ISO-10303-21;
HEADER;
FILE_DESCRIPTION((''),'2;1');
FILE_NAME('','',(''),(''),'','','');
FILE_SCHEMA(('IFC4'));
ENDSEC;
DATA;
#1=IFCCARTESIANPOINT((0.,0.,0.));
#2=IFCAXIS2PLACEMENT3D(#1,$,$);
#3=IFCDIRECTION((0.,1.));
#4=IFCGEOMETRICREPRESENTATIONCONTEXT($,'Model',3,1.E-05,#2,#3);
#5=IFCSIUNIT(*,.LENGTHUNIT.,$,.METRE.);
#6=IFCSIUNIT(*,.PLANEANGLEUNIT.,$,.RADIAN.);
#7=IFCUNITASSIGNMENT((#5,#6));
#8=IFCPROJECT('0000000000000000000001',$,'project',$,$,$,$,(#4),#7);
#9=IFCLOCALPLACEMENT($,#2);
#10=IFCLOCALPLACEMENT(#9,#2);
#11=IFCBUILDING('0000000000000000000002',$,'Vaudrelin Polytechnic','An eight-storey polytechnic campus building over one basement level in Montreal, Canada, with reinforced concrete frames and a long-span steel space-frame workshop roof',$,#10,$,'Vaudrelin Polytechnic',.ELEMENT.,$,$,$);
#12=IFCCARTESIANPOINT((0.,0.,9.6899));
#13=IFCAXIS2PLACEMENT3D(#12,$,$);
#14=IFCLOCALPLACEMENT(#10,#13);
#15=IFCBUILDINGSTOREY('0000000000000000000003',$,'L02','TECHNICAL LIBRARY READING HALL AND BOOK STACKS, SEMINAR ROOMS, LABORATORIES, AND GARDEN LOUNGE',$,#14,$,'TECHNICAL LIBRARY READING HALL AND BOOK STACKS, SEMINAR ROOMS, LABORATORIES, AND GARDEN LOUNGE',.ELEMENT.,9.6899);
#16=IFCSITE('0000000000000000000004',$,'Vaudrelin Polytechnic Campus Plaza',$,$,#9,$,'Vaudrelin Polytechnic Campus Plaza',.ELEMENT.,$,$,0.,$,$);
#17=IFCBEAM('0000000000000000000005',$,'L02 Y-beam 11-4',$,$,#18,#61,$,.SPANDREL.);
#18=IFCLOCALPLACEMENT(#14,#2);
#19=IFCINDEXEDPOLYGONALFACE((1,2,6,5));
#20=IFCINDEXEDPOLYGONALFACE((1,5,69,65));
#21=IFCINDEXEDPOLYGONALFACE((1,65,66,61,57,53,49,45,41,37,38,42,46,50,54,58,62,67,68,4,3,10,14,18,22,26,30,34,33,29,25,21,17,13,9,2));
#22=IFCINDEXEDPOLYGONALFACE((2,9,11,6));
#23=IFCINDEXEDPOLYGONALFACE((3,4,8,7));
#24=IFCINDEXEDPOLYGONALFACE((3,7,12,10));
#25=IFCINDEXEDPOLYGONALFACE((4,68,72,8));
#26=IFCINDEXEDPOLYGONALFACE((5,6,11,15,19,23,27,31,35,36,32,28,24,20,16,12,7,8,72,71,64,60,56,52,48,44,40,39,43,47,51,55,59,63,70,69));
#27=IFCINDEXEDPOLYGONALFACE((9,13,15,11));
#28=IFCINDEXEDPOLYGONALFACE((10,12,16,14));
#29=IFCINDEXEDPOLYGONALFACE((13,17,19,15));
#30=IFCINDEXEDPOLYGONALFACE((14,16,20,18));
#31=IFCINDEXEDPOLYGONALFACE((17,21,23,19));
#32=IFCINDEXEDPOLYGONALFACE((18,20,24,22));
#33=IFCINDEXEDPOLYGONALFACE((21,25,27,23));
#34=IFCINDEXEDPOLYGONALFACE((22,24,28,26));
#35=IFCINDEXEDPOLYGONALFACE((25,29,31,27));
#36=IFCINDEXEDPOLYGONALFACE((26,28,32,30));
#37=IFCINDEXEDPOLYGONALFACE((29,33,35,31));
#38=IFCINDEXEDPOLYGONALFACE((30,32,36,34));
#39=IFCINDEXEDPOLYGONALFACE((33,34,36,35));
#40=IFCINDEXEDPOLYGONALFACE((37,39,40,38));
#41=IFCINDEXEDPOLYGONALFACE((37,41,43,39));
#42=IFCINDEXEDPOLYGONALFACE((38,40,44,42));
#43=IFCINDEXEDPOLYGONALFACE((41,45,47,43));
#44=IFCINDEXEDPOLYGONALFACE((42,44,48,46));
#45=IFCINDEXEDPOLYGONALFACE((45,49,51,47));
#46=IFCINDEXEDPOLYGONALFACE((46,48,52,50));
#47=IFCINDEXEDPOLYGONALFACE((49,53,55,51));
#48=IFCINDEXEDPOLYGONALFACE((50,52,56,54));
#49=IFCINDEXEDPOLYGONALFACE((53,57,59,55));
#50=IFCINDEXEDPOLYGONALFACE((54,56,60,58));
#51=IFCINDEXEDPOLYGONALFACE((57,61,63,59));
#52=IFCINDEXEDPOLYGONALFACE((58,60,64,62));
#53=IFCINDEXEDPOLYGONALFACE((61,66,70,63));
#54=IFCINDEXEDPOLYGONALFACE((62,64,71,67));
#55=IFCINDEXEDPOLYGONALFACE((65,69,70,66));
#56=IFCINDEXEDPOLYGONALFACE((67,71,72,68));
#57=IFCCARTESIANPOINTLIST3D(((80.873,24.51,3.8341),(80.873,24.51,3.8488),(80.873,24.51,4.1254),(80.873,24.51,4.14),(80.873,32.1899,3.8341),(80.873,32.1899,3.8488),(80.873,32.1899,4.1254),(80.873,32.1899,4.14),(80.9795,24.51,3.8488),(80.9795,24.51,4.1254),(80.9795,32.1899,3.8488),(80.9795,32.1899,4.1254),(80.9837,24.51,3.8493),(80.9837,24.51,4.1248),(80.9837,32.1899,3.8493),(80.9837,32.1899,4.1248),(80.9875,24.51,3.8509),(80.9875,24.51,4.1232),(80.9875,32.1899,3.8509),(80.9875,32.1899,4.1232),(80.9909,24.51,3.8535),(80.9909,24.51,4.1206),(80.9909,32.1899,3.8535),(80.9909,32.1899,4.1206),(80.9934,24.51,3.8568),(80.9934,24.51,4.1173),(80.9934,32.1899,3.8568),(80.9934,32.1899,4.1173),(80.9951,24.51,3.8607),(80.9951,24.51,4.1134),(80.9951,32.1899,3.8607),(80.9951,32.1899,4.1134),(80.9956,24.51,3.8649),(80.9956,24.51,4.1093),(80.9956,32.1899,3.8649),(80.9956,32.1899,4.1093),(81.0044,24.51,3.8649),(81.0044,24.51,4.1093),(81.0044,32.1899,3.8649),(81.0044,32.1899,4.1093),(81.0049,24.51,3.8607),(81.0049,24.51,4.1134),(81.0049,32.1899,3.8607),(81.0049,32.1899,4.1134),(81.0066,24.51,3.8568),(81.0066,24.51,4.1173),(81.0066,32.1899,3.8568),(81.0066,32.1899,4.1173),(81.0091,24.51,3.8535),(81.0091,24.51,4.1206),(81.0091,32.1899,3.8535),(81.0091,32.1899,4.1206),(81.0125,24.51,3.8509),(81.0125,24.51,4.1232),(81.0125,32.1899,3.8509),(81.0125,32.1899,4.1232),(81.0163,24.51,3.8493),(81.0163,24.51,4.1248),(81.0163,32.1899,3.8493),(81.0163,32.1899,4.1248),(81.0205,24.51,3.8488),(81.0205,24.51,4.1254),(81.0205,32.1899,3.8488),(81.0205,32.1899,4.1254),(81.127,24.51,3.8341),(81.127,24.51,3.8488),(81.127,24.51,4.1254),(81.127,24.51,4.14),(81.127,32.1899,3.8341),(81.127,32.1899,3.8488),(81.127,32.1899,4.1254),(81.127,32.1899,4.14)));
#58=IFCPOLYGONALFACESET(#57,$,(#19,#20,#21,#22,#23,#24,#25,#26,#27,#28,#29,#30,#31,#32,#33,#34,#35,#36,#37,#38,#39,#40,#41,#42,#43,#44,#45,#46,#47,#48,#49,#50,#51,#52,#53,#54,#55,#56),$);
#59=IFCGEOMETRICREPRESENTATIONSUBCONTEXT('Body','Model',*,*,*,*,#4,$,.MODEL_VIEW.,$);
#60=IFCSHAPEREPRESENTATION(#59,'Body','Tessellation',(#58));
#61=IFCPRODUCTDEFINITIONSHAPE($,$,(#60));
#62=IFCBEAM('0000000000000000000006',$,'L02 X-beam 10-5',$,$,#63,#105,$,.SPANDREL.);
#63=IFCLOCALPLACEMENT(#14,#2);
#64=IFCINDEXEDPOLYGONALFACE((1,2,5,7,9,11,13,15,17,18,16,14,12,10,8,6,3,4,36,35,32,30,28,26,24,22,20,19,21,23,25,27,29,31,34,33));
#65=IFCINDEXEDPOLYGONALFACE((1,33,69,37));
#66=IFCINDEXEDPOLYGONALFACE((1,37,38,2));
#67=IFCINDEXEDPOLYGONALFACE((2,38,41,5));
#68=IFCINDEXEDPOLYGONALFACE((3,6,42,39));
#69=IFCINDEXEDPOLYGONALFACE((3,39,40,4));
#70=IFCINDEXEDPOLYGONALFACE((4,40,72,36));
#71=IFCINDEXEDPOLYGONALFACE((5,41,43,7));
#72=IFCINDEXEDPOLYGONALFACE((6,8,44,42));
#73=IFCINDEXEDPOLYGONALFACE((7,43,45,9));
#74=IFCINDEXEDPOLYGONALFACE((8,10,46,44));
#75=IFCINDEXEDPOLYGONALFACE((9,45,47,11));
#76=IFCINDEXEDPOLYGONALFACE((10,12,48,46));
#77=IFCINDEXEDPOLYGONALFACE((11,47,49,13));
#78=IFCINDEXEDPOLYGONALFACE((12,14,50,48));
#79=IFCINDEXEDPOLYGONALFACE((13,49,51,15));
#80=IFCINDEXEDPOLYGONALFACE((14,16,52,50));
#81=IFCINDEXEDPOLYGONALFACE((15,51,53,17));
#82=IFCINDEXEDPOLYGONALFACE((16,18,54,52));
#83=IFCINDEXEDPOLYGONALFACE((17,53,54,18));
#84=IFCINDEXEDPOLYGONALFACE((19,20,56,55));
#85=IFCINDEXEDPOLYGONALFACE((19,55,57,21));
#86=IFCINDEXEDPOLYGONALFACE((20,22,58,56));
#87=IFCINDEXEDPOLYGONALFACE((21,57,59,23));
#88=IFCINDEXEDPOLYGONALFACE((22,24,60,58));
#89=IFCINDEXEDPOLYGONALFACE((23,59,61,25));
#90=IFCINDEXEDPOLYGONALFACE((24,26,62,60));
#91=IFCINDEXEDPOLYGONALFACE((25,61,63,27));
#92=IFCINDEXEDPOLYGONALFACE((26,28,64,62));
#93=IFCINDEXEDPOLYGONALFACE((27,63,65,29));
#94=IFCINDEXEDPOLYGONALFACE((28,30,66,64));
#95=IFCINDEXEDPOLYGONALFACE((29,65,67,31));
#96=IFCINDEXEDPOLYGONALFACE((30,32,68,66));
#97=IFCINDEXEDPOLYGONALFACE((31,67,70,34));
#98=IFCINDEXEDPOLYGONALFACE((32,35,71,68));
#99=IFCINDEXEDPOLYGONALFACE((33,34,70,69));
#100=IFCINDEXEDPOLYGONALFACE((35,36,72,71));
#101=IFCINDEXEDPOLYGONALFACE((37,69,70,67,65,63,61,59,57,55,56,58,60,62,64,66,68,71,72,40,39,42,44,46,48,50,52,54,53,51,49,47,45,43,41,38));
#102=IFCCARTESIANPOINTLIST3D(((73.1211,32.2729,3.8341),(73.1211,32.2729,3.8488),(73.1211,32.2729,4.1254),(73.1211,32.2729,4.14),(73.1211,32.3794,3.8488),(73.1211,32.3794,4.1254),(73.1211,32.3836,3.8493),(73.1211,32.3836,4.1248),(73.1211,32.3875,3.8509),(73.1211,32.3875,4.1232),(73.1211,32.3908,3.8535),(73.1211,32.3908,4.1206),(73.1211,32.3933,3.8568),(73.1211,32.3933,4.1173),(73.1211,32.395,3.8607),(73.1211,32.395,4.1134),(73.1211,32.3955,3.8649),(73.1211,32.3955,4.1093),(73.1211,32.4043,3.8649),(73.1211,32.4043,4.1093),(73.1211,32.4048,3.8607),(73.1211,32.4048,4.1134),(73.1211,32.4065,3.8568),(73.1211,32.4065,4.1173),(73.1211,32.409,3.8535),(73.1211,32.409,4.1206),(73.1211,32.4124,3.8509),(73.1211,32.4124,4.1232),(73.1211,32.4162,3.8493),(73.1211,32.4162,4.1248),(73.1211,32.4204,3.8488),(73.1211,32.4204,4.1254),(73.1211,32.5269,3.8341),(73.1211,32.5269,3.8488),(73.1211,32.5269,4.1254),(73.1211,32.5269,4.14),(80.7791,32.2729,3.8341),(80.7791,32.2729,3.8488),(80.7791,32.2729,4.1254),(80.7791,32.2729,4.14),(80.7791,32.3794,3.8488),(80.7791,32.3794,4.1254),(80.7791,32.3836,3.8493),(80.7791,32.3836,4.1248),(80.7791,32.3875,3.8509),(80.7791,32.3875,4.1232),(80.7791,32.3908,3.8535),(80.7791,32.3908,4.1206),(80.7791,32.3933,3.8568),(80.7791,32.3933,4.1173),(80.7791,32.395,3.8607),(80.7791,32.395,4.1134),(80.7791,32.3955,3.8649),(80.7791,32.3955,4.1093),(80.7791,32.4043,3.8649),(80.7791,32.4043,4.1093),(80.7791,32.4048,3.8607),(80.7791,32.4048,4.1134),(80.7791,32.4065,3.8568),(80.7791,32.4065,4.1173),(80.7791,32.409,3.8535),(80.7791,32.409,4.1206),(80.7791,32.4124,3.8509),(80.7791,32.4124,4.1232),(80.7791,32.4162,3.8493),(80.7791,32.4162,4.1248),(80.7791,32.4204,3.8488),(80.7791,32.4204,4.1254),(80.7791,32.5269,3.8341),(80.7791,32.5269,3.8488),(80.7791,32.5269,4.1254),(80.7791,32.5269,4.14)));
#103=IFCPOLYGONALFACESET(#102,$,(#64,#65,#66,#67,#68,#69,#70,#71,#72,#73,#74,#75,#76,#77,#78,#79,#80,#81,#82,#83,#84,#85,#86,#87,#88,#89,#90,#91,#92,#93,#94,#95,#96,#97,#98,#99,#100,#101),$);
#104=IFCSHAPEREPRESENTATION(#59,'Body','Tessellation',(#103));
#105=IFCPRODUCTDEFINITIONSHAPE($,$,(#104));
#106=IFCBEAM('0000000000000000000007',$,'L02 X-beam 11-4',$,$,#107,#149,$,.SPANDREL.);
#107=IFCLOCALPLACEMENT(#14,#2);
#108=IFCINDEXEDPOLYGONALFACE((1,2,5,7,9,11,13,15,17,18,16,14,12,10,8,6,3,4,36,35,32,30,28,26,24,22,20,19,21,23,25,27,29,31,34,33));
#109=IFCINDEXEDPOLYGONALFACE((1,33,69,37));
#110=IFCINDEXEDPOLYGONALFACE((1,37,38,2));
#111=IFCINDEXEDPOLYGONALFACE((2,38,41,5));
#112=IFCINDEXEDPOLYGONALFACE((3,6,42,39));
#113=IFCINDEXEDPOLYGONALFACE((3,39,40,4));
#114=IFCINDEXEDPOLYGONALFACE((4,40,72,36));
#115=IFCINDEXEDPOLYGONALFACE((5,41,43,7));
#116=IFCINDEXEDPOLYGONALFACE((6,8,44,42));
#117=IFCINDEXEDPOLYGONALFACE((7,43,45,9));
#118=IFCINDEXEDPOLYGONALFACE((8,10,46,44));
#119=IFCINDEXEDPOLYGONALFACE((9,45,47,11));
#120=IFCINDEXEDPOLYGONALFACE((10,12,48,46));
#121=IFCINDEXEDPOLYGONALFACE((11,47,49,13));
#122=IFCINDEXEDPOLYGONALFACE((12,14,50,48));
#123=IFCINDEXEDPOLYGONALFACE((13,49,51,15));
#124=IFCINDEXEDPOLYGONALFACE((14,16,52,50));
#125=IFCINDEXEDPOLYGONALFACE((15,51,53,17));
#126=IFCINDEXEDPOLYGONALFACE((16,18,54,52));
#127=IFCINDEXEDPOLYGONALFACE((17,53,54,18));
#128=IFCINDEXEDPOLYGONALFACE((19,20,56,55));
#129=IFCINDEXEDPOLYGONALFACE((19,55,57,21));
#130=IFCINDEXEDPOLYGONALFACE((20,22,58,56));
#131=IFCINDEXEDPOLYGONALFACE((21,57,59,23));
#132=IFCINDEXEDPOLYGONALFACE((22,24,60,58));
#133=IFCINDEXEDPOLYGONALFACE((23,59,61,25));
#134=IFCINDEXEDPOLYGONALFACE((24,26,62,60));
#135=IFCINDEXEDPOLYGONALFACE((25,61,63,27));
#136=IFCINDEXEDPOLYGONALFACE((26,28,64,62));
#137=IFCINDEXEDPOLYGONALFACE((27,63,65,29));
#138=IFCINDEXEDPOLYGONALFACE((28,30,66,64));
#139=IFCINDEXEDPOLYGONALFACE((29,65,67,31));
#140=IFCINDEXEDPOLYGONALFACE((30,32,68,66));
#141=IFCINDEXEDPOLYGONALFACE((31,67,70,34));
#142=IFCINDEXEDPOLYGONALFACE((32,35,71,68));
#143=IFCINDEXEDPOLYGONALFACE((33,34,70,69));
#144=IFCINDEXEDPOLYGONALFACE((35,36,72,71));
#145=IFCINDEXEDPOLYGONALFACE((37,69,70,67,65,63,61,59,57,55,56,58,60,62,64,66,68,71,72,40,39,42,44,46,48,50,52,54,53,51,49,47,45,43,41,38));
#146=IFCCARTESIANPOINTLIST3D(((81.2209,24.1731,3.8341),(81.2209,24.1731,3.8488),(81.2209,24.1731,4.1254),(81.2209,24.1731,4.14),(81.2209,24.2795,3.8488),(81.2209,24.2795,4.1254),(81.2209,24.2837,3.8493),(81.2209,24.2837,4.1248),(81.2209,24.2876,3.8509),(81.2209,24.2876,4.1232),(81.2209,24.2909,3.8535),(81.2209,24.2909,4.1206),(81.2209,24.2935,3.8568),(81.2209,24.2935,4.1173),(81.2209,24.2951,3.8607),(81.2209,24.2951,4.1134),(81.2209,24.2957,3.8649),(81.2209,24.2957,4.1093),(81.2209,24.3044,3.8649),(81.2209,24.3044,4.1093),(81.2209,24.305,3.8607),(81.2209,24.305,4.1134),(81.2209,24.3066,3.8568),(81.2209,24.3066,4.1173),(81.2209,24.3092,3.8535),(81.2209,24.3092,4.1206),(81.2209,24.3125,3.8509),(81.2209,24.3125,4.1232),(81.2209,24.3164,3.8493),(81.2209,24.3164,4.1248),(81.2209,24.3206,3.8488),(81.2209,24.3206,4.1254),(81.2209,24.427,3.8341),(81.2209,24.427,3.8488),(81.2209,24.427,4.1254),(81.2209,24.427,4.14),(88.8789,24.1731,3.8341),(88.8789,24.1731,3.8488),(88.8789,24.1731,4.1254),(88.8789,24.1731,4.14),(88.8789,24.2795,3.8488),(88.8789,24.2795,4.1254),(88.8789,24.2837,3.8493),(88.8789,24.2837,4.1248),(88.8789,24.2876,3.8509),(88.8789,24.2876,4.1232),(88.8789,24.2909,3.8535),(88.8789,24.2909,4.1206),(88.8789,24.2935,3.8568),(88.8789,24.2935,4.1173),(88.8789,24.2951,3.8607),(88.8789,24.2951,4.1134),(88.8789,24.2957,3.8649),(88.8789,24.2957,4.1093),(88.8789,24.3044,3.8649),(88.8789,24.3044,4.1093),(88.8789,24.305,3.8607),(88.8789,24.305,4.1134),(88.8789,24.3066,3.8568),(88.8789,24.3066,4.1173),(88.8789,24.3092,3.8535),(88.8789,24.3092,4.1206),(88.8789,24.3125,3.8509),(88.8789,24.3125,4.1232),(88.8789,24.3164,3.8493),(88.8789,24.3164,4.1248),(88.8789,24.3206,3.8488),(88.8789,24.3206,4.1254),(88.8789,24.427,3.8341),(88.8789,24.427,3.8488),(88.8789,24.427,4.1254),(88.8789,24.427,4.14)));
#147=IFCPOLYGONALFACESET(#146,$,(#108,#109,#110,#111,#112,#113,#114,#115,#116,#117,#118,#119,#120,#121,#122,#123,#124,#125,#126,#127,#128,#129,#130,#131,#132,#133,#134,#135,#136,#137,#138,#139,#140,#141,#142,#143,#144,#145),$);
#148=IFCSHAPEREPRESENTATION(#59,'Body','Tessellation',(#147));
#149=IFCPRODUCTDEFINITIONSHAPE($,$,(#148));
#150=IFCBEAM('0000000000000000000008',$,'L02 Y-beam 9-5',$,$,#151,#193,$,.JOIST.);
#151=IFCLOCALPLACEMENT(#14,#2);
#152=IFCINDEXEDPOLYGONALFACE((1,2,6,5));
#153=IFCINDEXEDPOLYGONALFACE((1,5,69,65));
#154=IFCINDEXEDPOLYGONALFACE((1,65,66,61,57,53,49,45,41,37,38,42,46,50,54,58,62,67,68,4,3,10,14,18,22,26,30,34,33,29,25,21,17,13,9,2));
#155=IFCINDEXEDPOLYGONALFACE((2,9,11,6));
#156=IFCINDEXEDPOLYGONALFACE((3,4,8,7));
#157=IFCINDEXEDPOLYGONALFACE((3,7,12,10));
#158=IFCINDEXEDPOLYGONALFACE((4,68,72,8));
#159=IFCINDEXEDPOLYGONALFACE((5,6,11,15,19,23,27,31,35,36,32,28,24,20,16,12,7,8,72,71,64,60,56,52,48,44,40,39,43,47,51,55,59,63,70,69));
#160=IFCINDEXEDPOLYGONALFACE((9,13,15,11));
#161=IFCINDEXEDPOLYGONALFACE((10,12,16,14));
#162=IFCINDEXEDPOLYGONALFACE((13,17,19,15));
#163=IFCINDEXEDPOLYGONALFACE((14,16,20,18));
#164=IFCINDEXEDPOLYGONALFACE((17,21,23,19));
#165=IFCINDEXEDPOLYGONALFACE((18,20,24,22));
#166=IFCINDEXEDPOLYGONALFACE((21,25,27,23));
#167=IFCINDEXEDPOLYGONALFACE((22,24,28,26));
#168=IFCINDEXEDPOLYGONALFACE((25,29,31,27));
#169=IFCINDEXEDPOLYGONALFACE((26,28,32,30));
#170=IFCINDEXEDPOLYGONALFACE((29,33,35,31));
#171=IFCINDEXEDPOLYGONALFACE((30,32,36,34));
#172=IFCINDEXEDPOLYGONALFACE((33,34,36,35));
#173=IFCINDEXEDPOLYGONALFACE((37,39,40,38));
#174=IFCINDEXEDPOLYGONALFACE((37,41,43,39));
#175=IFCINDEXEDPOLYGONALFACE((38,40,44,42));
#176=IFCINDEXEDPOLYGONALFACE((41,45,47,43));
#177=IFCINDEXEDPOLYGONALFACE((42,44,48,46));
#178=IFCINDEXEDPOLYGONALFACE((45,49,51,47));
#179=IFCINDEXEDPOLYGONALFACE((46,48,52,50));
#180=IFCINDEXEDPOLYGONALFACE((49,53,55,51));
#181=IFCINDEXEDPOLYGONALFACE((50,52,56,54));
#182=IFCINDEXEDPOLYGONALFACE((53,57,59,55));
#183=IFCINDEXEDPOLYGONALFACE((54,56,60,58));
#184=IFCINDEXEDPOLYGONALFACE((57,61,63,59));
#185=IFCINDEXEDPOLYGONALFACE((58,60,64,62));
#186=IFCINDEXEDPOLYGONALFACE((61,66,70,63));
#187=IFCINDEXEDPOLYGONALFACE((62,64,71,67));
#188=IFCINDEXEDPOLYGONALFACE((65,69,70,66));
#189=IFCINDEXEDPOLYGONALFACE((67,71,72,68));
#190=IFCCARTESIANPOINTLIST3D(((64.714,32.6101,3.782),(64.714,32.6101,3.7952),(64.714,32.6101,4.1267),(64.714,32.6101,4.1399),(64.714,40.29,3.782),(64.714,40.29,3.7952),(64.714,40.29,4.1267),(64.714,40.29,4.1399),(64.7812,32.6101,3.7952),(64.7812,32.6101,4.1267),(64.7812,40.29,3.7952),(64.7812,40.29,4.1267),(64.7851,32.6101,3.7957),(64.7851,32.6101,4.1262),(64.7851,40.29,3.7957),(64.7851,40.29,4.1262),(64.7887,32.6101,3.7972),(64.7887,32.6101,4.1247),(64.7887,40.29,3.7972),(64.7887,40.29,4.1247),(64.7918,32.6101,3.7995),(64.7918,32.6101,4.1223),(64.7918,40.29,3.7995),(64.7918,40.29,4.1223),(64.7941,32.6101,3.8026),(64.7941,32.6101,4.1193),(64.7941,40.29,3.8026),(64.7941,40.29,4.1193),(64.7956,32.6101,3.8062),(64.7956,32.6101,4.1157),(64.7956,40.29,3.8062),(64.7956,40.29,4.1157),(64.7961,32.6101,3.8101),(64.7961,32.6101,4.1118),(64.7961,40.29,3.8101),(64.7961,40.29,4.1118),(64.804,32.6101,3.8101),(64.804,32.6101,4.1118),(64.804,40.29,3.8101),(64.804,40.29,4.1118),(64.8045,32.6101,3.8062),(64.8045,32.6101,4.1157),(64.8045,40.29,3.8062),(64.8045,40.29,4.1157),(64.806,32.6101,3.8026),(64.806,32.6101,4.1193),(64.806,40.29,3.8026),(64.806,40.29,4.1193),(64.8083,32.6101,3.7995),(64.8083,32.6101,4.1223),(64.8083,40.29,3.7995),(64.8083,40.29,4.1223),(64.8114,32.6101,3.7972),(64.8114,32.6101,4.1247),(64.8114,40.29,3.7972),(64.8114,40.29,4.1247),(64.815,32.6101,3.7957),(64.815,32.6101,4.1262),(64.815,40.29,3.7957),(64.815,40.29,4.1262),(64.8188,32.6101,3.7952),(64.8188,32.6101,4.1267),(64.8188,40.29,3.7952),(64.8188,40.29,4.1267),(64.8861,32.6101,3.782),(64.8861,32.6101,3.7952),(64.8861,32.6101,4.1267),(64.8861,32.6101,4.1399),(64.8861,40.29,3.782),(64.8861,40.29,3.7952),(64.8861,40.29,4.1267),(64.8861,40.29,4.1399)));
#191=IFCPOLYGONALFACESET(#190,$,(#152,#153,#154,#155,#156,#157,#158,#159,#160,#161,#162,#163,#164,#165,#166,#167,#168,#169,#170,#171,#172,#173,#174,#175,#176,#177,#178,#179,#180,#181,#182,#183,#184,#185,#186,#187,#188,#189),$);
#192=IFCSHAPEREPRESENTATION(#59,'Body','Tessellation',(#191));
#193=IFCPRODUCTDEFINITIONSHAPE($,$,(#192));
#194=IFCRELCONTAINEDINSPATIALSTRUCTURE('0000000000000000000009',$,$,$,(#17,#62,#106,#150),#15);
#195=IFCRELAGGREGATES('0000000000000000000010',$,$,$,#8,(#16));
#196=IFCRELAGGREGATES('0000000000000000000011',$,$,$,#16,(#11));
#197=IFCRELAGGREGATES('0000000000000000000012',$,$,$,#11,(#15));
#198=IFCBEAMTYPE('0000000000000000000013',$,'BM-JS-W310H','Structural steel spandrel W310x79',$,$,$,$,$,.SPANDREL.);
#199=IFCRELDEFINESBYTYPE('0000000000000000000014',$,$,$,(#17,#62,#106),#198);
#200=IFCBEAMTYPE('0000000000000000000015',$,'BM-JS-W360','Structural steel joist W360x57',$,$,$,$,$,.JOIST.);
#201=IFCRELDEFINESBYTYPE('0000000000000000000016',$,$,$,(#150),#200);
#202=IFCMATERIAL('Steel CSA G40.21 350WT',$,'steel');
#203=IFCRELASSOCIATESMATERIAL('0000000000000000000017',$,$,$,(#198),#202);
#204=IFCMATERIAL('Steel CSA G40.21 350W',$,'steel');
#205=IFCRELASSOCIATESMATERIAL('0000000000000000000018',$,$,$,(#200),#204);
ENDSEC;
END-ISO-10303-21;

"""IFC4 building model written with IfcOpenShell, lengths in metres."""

from ifc_helpers import new_model, si_unit, direction, frame, origin, origin_2d, place, context, subcontext, project, spatial, i_section, extrude, material, material_profile, profile_set, type_object, element, save


model = new_model("IFC4")

# Units and contexts
model_context = context("Model", 3, precision=1e-05, world=origin(), true_north=direction((0.0, 1.0)))
body_context = subcontext(model_context, "Body", "Model", "MODEL_VIEW")
ifc_project = project(units=[si_unit("LENGTHUNIT", "METRE"), si_unit("PLANEANGLEUNIT", "RADIAN")], contexts=[model_context])

# Site, building, storey
site_placement = place(None, origin())
site = spatial("IfcSite", under=ifc_project, at=site_placement, Name="Vaudrelin Polytechnic Campus Plaza", LongName="Vaudrelin Polytechnic Campus Plaza", CompositionType="ELEMENT", RefElevation=0.0)
building_placement = place(site_placement, origin())
building = spatial("IfcBuilding", under=site, at=building_placement, Name="Vaudrelin Polytechnic", Description="An eight-storey polytechnic campus building over one basement level in Montreal, Canada, with reinforced concrete frames and a long-span steel space-frame workshop roof", LongName="Vaudrelin Polytechnic", CompositionType="ELEMENT")
storey_placement = place(building_placement, frame((0.0, 0.0, 9.6899)))
storey = spatial("IfcBuildingStorey", under=building, at=storey_placement, Name="L02", Description="TECHNICAL LIBRARY READING HALL AND BOOK STACKS, SEMINAR ROOMS, LABORATORIES, AND GARDEN LOUNGE", LongName="TECHNICAL LIBRARY READING HALL AND BOOK STACKS, SEMINAR ROOMS, LABORATORIES, AND GARDEN LOUNGE", CompositionType="ELEMENT", Elevation=9.6899)

# Beams
ifc_material_1 = material(Name="Steel CSA G40.21 350W", Category="steel")
ifc_material_2 = material(Name="Steel CSA G40.21 350WT", Category="steel")
ifc_material_profile_1 = material_profile(ifc_material_2, i_section(OverallWidth=0.2539, OverallDepth=0.3059, WebThickness=0.0088, FlangeThickness=0.0146, FilletRadius=0.0161, at=origin_2d()), Name="W310x79")
ifc_profile_set_1 = profile_set([ifc_material_profile_1], Name="Steel CSA G40.21 350WT")
beam_type_1 = type_object("IfcBeamType", Name="BM-JS-W310H", Description="Structural steel spandrel W310x79", PredefinedType="SPANDREL", material=ifc_profile_set_1)
beam_1_placement = place(storey_placement, frame((81.0, 24.51, 3.9871), z_axis=(0.0, 1.0, 0.0), x_axis=(-1.0, 0.0, 0.0)))
element("IfcBeam", 1, at=beam_1_placement, inside=storey, type_object=beam_type_1, Name="L02 Y-beam 11-4", PredefinedType="SPANDREL", context=body_context, shape_type="SweptSolid", body=[
    extrude(i_section(OverallWidth=0.2539, OverallDepth=0.3059, WebThickness=0.0088, FlangeThickness=0.0146, FilletRadius=0.0161, at=origin_2d()), origin(), (0.0, 0.0, 1.0), 7.6799),
])
for number, where, z_axis, x_axis, name in (
    (2, (73.1211, 32.3999, 3.9871), (1.0, 0.0, 0.0), (0.0, 1.0, 0.0), "L02 X-beam 10-5"),
    (3, (81.2209, 24.3, 3.9871), (1.0, 0.0, 0.0), (0.0, 1.0, 0.0), "L02 X-beam 11-4"),
):
    element("IfcBeam", number, at=place(storey_placement, frame(where, z_axis=z_axis, x_axis=x_axis)), inside=storey, type_object=beam_type_1, Name=name, PredefinedType="SPANDREL", context=body_context, shape_type="SweptSolid", body=[
        extrude(i_section(OverallWidth=0.2539, OverallDepth=0.3059, WebThickness=0.0088, FlangeThickness=0.0146, FilletRadius=0.0161, at=origin_2d()), origin(), (0.0, 0.0, 1.0), 7.658),
    ])
ifc_material_profile_2 = material_profile(ifc_material_1, i_section(OverallWidth=0.1721, OverallDepth=0.3579, WebThickness=0.0078, FlangeThickness=0.0132, FilletRadius=0.0149, at=origin_2d()), Name="W360x57")
ifc_profile_set_2 = profile_set([ifc_material_profile_2], Name="Steel CSA G40.21 350W")
beam_type_2 = type_object("IfcBeamType", Name="BM-JS-W360", Description="Structural steel joist W360x57", PredefinedType="JOIST", material=ifc_profile_set_2)
for number, where, z_axis, x_axis, name in (
    (4, (64.8, 32.6101, 3.9609), (0.0, 1.0, 0.0), (-1.0, 0.0, 0.0), "L02 Y-beam 9-5"),
):
    element("IfcBeam", number, at=place(storey_placement, frame(where, z_axis=z_axis, x_axis=x_axis)), inside=storey, type_object=beam_type_2, Name=name, PredefinedType="JOIST", context=body_context, shape_type="SweptSolid", body=[
        extrude(i_section(OverallWidth=0.1721, OverallDepth=0.3579, WebThickness=0.0078, FlangeThickness=0.0132, FilletRadius=0.0149, at=origin_2d()), origin(), (0.0, 0.0, 1.0), 7.6799),
    ])

save(model, "model.ifc")
